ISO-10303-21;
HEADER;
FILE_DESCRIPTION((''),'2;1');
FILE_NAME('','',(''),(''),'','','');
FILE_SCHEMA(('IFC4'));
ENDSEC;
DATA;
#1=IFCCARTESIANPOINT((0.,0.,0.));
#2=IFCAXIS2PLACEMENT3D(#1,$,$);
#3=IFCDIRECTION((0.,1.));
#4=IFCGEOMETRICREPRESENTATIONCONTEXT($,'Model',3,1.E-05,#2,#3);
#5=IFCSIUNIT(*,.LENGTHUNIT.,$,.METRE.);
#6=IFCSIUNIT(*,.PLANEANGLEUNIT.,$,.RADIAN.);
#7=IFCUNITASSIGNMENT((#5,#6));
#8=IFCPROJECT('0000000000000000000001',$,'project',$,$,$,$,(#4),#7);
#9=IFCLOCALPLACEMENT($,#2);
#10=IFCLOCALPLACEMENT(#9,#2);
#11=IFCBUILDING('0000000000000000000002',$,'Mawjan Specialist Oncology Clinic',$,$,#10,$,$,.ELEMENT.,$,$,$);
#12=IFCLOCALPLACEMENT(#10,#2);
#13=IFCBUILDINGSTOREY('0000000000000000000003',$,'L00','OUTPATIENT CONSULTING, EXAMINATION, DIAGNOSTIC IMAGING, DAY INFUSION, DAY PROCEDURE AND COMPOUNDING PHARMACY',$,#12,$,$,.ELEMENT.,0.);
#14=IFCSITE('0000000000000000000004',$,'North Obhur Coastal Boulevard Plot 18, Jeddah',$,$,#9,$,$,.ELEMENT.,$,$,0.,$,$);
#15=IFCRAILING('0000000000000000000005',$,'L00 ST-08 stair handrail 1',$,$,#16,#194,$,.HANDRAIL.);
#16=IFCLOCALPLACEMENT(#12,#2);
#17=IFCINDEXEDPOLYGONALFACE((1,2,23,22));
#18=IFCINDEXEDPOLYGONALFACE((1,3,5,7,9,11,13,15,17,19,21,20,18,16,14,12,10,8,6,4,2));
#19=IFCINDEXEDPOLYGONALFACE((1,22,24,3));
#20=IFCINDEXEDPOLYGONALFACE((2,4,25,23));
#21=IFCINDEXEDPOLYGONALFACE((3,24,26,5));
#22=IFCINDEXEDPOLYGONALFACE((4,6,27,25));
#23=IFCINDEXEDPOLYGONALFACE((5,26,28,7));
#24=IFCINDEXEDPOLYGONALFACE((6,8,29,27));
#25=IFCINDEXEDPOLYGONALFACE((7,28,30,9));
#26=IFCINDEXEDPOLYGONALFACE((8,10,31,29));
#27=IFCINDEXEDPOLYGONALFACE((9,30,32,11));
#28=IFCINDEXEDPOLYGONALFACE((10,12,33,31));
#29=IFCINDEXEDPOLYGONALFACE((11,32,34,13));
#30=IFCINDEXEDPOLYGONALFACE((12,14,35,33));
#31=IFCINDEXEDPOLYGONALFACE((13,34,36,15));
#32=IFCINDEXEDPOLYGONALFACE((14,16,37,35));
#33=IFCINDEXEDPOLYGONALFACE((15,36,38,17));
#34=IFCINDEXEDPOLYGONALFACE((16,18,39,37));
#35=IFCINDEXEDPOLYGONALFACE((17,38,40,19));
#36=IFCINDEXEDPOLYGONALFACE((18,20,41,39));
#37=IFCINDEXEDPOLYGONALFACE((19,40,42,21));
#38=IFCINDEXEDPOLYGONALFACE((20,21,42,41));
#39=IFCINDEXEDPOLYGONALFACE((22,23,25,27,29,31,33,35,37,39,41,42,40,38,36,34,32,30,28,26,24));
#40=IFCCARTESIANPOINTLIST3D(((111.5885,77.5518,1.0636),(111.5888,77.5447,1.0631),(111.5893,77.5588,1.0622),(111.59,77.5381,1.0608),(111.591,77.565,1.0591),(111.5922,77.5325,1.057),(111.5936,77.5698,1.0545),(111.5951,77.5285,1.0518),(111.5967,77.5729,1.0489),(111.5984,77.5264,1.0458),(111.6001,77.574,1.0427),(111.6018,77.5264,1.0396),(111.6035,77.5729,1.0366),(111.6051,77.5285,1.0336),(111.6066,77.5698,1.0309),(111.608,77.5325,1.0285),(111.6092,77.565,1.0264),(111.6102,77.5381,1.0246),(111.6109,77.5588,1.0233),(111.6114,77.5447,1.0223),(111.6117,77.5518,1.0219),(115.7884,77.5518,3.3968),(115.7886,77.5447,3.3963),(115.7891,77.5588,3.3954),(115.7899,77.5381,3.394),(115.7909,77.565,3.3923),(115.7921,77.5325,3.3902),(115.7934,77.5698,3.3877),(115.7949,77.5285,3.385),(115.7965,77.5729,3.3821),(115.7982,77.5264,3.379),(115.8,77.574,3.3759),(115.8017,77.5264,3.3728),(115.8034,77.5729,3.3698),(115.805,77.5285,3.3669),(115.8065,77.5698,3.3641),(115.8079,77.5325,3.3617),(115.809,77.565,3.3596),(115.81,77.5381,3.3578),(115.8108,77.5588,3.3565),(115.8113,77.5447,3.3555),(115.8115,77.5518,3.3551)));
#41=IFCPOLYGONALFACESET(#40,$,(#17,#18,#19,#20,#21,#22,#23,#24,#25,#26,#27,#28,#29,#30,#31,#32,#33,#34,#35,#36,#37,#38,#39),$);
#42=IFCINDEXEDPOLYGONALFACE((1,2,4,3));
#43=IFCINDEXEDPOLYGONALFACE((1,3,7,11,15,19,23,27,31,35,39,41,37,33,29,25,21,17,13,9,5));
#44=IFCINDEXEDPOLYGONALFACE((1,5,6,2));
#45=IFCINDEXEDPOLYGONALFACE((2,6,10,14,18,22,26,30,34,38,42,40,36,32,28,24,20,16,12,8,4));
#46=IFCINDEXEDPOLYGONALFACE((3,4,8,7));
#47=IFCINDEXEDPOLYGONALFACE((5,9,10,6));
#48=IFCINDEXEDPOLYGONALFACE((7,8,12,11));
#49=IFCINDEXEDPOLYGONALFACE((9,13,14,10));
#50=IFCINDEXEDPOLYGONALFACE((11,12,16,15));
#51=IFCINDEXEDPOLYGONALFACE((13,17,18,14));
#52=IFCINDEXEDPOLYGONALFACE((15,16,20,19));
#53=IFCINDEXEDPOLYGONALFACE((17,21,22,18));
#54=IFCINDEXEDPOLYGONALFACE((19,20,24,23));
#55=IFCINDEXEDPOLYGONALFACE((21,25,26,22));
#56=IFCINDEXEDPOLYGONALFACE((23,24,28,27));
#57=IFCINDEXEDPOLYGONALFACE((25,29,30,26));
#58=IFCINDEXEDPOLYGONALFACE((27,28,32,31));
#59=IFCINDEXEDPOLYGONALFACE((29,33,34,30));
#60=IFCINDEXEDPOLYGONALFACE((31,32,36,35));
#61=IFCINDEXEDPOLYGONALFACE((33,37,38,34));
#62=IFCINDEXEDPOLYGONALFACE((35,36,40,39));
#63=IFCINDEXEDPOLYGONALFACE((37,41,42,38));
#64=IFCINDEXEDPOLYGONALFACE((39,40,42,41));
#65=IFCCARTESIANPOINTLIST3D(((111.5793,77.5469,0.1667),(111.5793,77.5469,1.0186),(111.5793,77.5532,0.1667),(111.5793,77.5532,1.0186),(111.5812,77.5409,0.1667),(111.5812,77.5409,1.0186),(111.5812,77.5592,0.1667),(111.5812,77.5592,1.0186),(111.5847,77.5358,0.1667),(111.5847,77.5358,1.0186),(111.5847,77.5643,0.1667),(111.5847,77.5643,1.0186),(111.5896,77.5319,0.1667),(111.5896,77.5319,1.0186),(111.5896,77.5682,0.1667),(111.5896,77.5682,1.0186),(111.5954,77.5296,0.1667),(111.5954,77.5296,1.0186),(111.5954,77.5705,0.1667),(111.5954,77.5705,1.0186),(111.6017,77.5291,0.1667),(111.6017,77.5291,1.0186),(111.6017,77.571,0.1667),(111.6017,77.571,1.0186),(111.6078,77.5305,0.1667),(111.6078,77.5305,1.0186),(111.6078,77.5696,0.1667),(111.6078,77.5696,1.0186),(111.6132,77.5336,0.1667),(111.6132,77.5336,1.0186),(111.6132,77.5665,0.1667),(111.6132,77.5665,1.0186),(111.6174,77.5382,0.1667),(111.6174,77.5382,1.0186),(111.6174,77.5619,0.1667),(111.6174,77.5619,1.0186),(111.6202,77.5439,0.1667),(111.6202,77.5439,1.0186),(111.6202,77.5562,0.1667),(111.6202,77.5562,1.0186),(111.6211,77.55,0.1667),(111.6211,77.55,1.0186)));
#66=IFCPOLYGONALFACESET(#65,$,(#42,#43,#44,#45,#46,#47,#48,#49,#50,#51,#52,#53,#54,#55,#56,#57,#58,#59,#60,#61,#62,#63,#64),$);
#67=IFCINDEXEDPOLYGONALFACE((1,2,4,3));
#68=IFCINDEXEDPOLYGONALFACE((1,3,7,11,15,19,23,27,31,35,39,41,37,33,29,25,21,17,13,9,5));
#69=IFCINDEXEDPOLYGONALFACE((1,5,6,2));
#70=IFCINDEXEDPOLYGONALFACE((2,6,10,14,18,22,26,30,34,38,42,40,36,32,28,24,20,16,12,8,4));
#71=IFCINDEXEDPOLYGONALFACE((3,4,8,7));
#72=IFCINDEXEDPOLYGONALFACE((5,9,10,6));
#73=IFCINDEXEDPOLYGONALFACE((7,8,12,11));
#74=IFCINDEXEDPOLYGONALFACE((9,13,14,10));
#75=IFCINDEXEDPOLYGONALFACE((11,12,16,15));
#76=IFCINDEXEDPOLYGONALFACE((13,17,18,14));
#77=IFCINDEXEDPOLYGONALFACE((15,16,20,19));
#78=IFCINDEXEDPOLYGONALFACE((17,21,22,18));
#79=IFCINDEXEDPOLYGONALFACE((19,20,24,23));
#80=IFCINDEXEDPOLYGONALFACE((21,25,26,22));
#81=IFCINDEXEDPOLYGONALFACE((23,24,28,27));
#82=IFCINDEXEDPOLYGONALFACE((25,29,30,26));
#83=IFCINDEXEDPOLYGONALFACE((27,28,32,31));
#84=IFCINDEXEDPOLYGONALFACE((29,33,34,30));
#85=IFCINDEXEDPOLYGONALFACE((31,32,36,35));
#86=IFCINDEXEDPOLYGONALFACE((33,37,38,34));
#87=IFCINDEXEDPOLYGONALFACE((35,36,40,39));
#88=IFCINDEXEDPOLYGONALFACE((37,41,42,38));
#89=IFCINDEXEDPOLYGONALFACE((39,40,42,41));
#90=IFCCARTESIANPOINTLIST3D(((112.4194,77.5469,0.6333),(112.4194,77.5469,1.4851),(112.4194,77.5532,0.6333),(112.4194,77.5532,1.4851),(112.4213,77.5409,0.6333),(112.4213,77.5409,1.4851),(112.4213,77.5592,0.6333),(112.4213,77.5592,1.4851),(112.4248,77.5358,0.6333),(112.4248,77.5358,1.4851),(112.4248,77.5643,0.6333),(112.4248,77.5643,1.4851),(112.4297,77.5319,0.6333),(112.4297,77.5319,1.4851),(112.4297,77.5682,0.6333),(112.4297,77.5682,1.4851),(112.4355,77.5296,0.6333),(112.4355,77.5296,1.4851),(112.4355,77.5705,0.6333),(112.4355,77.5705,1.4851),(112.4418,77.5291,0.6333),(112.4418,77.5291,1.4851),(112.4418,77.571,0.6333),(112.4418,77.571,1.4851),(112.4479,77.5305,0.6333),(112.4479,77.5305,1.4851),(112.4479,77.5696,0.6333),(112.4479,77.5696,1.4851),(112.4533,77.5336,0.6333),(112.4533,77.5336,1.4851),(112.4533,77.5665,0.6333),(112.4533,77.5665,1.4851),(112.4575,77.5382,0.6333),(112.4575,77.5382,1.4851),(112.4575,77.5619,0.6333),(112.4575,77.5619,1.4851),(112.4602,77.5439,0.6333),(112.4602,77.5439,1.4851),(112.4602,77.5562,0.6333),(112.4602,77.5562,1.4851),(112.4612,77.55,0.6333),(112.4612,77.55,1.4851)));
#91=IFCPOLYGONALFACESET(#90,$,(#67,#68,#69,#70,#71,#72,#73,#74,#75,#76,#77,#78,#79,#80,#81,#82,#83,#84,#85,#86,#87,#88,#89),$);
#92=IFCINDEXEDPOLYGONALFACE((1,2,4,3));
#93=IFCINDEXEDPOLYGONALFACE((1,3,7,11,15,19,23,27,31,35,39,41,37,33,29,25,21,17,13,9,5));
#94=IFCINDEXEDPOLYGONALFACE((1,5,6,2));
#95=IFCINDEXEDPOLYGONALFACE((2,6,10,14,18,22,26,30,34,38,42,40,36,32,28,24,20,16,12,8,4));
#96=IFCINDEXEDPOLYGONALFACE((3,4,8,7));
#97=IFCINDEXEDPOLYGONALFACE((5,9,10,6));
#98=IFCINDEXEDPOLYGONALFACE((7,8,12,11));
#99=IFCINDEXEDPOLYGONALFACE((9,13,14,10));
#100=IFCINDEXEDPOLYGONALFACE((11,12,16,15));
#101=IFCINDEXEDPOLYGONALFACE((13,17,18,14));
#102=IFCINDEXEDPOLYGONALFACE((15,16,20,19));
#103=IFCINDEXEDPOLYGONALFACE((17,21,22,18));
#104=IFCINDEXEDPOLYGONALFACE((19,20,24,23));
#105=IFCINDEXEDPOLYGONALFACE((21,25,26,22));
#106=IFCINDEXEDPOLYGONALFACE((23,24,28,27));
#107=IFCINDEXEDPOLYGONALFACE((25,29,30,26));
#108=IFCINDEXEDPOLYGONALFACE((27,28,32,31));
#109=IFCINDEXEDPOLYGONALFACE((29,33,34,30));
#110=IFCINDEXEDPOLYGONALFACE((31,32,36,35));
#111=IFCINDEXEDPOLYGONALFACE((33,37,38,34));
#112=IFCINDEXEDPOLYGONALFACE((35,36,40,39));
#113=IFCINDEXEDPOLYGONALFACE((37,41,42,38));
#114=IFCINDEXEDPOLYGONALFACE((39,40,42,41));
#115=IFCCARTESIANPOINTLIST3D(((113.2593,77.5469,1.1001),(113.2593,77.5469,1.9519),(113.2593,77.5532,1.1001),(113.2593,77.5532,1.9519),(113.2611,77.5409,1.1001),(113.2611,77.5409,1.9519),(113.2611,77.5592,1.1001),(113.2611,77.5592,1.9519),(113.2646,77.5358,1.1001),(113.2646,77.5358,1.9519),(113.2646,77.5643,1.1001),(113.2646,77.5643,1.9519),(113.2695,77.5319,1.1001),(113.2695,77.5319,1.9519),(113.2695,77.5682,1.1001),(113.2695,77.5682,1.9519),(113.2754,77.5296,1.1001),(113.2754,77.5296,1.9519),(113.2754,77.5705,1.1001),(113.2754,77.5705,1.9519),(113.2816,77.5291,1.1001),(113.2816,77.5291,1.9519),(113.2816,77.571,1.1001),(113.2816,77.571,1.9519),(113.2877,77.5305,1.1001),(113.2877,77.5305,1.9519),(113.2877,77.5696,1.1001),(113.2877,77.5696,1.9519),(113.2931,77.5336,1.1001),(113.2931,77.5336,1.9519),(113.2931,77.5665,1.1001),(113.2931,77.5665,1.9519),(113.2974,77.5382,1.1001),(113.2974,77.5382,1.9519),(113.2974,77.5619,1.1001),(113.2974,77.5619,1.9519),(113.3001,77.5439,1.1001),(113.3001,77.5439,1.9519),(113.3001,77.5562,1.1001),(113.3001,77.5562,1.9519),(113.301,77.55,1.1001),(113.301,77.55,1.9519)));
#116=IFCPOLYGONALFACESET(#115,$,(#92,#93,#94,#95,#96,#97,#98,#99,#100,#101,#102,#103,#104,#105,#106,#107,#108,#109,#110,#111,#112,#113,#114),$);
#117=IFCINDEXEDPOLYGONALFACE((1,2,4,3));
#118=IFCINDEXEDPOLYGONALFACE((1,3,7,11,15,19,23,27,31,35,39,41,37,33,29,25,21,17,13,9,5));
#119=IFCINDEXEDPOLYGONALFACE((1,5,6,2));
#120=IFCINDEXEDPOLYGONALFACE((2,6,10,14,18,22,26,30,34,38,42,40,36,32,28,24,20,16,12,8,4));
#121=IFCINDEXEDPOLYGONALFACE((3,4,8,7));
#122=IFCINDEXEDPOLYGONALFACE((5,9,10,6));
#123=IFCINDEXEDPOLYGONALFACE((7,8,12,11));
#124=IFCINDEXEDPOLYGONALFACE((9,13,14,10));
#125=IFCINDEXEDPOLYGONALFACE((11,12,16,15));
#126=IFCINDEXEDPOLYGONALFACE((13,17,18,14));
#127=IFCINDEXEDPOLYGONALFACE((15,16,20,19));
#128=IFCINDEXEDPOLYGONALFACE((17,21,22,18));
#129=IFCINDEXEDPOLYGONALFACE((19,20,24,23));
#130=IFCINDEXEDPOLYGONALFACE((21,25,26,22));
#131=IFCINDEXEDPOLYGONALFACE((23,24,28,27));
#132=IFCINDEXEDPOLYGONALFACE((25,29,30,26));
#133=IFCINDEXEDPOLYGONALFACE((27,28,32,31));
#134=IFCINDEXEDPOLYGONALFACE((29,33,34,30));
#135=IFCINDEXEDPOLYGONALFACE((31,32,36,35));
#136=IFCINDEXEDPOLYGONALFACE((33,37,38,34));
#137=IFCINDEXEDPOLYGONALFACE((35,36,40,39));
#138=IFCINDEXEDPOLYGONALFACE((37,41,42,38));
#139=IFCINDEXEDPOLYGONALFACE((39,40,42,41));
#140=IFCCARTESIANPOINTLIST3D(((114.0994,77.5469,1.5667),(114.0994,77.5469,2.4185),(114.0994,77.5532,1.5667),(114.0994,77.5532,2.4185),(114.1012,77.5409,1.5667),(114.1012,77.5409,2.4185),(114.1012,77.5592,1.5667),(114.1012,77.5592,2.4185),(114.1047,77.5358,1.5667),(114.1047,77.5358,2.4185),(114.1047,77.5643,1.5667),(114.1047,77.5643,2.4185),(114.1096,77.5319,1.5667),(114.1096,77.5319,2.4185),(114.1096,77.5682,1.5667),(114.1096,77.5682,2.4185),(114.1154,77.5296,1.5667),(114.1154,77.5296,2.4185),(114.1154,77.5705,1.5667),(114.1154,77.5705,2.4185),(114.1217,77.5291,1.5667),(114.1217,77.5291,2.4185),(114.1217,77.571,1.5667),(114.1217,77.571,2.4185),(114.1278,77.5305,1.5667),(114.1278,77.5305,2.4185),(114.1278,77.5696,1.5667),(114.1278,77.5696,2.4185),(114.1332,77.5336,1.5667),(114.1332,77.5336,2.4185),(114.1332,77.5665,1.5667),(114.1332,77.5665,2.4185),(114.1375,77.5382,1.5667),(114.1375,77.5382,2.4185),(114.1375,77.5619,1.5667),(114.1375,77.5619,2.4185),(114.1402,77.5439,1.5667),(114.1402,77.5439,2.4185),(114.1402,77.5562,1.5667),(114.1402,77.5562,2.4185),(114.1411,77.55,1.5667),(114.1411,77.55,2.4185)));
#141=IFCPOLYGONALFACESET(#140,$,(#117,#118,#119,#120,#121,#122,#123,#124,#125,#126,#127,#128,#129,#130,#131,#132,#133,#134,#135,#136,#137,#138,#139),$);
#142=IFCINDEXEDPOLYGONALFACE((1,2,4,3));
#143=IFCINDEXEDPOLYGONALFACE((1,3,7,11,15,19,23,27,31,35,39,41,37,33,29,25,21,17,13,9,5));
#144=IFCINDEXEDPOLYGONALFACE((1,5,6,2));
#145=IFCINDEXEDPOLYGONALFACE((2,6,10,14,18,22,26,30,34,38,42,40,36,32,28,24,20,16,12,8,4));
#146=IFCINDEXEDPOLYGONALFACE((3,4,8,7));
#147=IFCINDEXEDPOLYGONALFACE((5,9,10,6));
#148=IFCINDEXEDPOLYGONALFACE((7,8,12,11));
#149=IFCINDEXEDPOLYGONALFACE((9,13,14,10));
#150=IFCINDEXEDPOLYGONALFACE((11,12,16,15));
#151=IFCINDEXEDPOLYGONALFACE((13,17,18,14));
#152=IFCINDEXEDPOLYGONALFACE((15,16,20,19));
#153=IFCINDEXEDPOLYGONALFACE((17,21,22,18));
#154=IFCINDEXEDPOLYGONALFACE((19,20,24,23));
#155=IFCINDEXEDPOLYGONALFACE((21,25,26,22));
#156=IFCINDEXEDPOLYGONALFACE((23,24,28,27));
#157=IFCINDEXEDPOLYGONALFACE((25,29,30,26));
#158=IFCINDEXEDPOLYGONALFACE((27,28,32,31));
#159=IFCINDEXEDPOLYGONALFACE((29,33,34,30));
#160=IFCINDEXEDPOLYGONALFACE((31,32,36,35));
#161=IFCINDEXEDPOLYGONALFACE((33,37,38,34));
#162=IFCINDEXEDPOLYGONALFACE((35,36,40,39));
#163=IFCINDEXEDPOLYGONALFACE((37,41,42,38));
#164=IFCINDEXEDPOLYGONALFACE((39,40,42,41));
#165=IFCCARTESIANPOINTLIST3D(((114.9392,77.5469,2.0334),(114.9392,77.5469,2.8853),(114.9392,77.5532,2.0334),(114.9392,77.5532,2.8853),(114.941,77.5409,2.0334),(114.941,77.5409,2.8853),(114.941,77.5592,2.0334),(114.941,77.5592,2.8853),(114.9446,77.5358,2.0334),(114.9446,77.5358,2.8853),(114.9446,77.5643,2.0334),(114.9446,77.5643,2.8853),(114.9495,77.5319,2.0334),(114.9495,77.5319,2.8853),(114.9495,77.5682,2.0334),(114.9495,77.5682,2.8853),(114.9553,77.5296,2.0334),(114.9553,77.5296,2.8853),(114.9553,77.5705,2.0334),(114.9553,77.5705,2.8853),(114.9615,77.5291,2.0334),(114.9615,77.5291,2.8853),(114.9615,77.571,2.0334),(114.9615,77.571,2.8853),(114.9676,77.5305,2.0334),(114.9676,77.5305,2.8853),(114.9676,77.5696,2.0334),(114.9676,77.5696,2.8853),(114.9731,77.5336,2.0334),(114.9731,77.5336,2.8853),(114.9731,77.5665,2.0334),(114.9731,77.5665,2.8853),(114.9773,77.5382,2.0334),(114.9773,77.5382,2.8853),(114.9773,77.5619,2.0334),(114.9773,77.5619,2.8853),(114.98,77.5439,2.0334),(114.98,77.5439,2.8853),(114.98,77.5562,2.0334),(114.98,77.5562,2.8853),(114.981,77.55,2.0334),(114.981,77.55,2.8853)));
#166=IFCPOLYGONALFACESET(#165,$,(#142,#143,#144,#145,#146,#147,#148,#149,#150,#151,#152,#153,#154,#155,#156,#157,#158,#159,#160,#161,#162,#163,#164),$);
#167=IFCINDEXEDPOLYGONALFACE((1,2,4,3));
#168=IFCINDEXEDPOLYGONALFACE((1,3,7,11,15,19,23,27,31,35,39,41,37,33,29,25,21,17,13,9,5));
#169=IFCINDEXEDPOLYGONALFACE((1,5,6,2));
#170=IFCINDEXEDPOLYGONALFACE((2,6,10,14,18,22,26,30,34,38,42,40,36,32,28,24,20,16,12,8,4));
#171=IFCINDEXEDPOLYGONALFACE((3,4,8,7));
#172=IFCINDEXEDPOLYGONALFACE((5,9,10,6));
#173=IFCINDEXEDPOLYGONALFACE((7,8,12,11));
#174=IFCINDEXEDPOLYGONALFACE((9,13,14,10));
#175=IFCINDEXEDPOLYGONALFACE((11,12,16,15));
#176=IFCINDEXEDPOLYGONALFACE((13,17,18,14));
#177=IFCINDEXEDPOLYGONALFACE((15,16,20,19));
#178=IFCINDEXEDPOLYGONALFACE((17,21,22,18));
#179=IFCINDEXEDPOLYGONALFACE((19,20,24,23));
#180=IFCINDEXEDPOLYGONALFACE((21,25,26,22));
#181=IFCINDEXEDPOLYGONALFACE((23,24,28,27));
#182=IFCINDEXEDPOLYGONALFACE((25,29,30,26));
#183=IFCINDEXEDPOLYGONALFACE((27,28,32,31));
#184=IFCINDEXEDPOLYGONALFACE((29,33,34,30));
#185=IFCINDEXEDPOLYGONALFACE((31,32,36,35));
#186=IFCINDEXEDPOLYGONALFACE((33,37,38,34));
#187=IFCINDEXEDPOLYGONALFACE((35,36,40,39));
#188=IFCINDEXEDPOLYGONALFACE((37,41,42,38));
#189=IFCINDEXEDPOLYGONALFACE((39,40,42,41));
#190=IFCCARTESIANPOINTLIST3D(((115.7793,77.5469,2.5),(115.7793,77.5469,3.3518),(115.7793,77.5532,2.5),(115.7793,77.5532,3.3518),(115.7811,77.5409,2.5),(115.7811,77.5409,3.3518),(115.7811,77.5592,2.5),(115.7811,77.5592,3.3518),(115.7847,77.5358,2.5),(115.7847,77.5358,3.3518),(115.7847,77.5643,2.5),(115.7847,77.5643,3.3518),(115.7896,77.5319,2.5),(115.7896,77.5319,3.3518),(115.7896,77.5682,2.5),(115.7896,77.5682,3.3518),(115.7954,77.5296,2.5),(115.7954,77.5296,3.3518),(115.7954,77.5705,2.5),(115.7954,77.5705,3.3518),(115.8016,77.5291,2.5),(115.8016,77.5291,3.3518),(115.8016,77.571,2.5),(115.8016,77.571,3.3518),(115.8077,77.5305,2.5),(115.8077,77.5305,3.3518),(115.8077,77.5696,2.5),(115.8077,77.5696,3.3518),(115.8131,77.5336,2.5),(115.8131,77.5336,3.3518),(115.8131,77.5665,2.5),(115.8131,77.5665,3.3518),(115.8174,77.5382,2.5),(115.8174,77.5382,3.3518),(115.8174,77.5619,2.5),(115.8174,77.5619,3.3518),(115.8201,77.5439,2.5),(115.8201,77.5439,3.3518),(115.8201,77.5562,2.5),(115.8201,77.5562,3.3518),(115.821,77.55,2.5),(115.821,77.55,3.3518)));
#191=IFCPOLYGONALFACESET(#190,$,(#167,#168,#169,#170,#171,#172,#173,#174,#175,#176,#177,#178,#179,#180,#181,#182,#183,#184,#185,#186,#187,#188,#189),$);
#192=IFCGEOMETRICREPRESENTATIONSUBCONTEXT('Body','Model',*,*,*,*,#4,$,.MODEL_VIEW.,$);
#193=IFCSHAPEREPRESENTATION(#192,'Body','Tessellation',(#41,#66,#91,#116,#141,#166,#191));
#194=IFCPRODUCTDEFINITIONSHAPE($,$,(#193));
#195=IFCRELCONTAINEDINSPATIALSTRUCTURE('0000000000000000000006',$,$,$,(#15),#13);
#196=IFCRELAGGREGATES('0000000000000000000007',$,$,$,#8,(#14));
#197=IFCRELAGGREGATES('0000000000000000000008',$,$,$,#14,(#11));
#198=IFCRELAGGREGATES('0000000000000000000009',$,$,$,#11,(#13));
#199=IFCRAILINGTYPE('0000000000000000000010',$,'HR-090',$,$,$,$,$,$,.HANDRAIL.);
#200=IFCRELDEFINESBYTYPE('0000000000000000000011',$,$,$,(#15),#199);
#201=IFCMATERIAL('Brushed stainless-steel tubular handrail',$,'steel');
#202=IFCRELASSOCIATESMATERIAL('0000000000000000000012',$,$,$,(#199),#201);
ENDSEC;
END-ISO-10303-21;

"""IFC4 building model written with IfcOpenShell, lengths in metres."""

from ifc_helpers import new_model, si_unit, direction, frame, origin, origin_2d, place, context, subcontext, project, spatial, circle, extrude, material, type_object, element, save


model = new_model("IFC4")

# Units and contexts
model_context = context("Model", 3, precision=1e-05, world=origin(), true_north=direction((0.0, 1.0)))
body_context = subcontext(model_context, "Body", "Model", "MODEL_VIEW")
ifc_project = project(units=[si_unit("LENGTHUNIT", "METRE"), si_unit("PLANEANGLEUNIT", "RADIAN")], contexts=[model_context])

# Site, building, storey
site_placement = place(None, origin())
site = spatial("IfcSite", under=ifc_project, at=site_placement, Name="North Obhur Coastal Boulevard Plot 18, Jeddah", CompositionType="ELEMENT", RefElevation=0.0)
building_placement = place(site_placement, origin())
building = spatial("IfcBuilding", under=site, at=building_placement, Name="Mawjan Specialist Oncology Clinic", CompositionType="ELEMENT")
storey_placement = place(building_placement, origin())
storey = spatial("IfcBuildingStorey", under=building, at=storey_placement, Name="L00", Description="OUTPATIENT CONSULTING, EXAMINATION, DIAGNOSTIC IMAGING, DAY INFUSION, DAY PROCEDURE AND COMPOUNDING PHARMACY", CompositionType="ELEMENT", Elevation=0.0)

# Railing
ifc_material_1 = material(Name="Brushed stainless-steel tubular handrail", Category="steel")
railing_type_1 = type_object("IfcRailingType", Name="HR-090", PredefinedType="HANDRAIL", material=ifc_material_1)
railing_1_placement = place(storey_placement, frame((111.6001, 77.55, 0.1667)))
element("IfcRailing", 1, at=railing_1_placement, inside=storey, type_object=railing_type_1, Name="L00 ST-08 stair handrail 1", PredefinedType="HANDRAIL", context=body_context, shape_type="SweptSolid", body=[
    extrude(circle(Radius=0.0239, at=origin_2d()), frame((0.0, 0.0, 0.876), z_axis=(0.874162, 0.0, 0.485634), x_axis=(0.0, 1.0, 0.0)), (0.0, 0.0, 1.0), 4.8044),
    extrude(circle(Radius=0.021, at=origin_2d()), origin(), (0.0, 0.0, 1.0), 0.8518),
    extrude(circle(Radius=0.021, at=origin_2d()), frame((0.8401, 0.0, 0.4666)), (0.0, 0.0, 1.0), 0.8518),
    extrude(circle(Radius=0.021, at=origin_2d()), frame((1.6799, 0.0, 0.9333)), (0.0, 0.0, 1.0), 0.8518),
    extrude(circle(Radius=0.021, at=origin_2d()), frame((2.52, 0.0, 1.3999)), (0.0, 0.0, 1.0), 0.8518),
    extrude(circle(Radius=0.021, at=origin_2d()), frame((3.3599, 0.0, 1.8667)), (0.0, 0.0, 1.0), 0.8518),
    extrude(circle(Radius=0.021, at=origin_2d()), frame((4.2, 0.0, 2.3333)), (0.0, 0.0, 1.0), 0.8518),
])

save(model, "model.ifc")
